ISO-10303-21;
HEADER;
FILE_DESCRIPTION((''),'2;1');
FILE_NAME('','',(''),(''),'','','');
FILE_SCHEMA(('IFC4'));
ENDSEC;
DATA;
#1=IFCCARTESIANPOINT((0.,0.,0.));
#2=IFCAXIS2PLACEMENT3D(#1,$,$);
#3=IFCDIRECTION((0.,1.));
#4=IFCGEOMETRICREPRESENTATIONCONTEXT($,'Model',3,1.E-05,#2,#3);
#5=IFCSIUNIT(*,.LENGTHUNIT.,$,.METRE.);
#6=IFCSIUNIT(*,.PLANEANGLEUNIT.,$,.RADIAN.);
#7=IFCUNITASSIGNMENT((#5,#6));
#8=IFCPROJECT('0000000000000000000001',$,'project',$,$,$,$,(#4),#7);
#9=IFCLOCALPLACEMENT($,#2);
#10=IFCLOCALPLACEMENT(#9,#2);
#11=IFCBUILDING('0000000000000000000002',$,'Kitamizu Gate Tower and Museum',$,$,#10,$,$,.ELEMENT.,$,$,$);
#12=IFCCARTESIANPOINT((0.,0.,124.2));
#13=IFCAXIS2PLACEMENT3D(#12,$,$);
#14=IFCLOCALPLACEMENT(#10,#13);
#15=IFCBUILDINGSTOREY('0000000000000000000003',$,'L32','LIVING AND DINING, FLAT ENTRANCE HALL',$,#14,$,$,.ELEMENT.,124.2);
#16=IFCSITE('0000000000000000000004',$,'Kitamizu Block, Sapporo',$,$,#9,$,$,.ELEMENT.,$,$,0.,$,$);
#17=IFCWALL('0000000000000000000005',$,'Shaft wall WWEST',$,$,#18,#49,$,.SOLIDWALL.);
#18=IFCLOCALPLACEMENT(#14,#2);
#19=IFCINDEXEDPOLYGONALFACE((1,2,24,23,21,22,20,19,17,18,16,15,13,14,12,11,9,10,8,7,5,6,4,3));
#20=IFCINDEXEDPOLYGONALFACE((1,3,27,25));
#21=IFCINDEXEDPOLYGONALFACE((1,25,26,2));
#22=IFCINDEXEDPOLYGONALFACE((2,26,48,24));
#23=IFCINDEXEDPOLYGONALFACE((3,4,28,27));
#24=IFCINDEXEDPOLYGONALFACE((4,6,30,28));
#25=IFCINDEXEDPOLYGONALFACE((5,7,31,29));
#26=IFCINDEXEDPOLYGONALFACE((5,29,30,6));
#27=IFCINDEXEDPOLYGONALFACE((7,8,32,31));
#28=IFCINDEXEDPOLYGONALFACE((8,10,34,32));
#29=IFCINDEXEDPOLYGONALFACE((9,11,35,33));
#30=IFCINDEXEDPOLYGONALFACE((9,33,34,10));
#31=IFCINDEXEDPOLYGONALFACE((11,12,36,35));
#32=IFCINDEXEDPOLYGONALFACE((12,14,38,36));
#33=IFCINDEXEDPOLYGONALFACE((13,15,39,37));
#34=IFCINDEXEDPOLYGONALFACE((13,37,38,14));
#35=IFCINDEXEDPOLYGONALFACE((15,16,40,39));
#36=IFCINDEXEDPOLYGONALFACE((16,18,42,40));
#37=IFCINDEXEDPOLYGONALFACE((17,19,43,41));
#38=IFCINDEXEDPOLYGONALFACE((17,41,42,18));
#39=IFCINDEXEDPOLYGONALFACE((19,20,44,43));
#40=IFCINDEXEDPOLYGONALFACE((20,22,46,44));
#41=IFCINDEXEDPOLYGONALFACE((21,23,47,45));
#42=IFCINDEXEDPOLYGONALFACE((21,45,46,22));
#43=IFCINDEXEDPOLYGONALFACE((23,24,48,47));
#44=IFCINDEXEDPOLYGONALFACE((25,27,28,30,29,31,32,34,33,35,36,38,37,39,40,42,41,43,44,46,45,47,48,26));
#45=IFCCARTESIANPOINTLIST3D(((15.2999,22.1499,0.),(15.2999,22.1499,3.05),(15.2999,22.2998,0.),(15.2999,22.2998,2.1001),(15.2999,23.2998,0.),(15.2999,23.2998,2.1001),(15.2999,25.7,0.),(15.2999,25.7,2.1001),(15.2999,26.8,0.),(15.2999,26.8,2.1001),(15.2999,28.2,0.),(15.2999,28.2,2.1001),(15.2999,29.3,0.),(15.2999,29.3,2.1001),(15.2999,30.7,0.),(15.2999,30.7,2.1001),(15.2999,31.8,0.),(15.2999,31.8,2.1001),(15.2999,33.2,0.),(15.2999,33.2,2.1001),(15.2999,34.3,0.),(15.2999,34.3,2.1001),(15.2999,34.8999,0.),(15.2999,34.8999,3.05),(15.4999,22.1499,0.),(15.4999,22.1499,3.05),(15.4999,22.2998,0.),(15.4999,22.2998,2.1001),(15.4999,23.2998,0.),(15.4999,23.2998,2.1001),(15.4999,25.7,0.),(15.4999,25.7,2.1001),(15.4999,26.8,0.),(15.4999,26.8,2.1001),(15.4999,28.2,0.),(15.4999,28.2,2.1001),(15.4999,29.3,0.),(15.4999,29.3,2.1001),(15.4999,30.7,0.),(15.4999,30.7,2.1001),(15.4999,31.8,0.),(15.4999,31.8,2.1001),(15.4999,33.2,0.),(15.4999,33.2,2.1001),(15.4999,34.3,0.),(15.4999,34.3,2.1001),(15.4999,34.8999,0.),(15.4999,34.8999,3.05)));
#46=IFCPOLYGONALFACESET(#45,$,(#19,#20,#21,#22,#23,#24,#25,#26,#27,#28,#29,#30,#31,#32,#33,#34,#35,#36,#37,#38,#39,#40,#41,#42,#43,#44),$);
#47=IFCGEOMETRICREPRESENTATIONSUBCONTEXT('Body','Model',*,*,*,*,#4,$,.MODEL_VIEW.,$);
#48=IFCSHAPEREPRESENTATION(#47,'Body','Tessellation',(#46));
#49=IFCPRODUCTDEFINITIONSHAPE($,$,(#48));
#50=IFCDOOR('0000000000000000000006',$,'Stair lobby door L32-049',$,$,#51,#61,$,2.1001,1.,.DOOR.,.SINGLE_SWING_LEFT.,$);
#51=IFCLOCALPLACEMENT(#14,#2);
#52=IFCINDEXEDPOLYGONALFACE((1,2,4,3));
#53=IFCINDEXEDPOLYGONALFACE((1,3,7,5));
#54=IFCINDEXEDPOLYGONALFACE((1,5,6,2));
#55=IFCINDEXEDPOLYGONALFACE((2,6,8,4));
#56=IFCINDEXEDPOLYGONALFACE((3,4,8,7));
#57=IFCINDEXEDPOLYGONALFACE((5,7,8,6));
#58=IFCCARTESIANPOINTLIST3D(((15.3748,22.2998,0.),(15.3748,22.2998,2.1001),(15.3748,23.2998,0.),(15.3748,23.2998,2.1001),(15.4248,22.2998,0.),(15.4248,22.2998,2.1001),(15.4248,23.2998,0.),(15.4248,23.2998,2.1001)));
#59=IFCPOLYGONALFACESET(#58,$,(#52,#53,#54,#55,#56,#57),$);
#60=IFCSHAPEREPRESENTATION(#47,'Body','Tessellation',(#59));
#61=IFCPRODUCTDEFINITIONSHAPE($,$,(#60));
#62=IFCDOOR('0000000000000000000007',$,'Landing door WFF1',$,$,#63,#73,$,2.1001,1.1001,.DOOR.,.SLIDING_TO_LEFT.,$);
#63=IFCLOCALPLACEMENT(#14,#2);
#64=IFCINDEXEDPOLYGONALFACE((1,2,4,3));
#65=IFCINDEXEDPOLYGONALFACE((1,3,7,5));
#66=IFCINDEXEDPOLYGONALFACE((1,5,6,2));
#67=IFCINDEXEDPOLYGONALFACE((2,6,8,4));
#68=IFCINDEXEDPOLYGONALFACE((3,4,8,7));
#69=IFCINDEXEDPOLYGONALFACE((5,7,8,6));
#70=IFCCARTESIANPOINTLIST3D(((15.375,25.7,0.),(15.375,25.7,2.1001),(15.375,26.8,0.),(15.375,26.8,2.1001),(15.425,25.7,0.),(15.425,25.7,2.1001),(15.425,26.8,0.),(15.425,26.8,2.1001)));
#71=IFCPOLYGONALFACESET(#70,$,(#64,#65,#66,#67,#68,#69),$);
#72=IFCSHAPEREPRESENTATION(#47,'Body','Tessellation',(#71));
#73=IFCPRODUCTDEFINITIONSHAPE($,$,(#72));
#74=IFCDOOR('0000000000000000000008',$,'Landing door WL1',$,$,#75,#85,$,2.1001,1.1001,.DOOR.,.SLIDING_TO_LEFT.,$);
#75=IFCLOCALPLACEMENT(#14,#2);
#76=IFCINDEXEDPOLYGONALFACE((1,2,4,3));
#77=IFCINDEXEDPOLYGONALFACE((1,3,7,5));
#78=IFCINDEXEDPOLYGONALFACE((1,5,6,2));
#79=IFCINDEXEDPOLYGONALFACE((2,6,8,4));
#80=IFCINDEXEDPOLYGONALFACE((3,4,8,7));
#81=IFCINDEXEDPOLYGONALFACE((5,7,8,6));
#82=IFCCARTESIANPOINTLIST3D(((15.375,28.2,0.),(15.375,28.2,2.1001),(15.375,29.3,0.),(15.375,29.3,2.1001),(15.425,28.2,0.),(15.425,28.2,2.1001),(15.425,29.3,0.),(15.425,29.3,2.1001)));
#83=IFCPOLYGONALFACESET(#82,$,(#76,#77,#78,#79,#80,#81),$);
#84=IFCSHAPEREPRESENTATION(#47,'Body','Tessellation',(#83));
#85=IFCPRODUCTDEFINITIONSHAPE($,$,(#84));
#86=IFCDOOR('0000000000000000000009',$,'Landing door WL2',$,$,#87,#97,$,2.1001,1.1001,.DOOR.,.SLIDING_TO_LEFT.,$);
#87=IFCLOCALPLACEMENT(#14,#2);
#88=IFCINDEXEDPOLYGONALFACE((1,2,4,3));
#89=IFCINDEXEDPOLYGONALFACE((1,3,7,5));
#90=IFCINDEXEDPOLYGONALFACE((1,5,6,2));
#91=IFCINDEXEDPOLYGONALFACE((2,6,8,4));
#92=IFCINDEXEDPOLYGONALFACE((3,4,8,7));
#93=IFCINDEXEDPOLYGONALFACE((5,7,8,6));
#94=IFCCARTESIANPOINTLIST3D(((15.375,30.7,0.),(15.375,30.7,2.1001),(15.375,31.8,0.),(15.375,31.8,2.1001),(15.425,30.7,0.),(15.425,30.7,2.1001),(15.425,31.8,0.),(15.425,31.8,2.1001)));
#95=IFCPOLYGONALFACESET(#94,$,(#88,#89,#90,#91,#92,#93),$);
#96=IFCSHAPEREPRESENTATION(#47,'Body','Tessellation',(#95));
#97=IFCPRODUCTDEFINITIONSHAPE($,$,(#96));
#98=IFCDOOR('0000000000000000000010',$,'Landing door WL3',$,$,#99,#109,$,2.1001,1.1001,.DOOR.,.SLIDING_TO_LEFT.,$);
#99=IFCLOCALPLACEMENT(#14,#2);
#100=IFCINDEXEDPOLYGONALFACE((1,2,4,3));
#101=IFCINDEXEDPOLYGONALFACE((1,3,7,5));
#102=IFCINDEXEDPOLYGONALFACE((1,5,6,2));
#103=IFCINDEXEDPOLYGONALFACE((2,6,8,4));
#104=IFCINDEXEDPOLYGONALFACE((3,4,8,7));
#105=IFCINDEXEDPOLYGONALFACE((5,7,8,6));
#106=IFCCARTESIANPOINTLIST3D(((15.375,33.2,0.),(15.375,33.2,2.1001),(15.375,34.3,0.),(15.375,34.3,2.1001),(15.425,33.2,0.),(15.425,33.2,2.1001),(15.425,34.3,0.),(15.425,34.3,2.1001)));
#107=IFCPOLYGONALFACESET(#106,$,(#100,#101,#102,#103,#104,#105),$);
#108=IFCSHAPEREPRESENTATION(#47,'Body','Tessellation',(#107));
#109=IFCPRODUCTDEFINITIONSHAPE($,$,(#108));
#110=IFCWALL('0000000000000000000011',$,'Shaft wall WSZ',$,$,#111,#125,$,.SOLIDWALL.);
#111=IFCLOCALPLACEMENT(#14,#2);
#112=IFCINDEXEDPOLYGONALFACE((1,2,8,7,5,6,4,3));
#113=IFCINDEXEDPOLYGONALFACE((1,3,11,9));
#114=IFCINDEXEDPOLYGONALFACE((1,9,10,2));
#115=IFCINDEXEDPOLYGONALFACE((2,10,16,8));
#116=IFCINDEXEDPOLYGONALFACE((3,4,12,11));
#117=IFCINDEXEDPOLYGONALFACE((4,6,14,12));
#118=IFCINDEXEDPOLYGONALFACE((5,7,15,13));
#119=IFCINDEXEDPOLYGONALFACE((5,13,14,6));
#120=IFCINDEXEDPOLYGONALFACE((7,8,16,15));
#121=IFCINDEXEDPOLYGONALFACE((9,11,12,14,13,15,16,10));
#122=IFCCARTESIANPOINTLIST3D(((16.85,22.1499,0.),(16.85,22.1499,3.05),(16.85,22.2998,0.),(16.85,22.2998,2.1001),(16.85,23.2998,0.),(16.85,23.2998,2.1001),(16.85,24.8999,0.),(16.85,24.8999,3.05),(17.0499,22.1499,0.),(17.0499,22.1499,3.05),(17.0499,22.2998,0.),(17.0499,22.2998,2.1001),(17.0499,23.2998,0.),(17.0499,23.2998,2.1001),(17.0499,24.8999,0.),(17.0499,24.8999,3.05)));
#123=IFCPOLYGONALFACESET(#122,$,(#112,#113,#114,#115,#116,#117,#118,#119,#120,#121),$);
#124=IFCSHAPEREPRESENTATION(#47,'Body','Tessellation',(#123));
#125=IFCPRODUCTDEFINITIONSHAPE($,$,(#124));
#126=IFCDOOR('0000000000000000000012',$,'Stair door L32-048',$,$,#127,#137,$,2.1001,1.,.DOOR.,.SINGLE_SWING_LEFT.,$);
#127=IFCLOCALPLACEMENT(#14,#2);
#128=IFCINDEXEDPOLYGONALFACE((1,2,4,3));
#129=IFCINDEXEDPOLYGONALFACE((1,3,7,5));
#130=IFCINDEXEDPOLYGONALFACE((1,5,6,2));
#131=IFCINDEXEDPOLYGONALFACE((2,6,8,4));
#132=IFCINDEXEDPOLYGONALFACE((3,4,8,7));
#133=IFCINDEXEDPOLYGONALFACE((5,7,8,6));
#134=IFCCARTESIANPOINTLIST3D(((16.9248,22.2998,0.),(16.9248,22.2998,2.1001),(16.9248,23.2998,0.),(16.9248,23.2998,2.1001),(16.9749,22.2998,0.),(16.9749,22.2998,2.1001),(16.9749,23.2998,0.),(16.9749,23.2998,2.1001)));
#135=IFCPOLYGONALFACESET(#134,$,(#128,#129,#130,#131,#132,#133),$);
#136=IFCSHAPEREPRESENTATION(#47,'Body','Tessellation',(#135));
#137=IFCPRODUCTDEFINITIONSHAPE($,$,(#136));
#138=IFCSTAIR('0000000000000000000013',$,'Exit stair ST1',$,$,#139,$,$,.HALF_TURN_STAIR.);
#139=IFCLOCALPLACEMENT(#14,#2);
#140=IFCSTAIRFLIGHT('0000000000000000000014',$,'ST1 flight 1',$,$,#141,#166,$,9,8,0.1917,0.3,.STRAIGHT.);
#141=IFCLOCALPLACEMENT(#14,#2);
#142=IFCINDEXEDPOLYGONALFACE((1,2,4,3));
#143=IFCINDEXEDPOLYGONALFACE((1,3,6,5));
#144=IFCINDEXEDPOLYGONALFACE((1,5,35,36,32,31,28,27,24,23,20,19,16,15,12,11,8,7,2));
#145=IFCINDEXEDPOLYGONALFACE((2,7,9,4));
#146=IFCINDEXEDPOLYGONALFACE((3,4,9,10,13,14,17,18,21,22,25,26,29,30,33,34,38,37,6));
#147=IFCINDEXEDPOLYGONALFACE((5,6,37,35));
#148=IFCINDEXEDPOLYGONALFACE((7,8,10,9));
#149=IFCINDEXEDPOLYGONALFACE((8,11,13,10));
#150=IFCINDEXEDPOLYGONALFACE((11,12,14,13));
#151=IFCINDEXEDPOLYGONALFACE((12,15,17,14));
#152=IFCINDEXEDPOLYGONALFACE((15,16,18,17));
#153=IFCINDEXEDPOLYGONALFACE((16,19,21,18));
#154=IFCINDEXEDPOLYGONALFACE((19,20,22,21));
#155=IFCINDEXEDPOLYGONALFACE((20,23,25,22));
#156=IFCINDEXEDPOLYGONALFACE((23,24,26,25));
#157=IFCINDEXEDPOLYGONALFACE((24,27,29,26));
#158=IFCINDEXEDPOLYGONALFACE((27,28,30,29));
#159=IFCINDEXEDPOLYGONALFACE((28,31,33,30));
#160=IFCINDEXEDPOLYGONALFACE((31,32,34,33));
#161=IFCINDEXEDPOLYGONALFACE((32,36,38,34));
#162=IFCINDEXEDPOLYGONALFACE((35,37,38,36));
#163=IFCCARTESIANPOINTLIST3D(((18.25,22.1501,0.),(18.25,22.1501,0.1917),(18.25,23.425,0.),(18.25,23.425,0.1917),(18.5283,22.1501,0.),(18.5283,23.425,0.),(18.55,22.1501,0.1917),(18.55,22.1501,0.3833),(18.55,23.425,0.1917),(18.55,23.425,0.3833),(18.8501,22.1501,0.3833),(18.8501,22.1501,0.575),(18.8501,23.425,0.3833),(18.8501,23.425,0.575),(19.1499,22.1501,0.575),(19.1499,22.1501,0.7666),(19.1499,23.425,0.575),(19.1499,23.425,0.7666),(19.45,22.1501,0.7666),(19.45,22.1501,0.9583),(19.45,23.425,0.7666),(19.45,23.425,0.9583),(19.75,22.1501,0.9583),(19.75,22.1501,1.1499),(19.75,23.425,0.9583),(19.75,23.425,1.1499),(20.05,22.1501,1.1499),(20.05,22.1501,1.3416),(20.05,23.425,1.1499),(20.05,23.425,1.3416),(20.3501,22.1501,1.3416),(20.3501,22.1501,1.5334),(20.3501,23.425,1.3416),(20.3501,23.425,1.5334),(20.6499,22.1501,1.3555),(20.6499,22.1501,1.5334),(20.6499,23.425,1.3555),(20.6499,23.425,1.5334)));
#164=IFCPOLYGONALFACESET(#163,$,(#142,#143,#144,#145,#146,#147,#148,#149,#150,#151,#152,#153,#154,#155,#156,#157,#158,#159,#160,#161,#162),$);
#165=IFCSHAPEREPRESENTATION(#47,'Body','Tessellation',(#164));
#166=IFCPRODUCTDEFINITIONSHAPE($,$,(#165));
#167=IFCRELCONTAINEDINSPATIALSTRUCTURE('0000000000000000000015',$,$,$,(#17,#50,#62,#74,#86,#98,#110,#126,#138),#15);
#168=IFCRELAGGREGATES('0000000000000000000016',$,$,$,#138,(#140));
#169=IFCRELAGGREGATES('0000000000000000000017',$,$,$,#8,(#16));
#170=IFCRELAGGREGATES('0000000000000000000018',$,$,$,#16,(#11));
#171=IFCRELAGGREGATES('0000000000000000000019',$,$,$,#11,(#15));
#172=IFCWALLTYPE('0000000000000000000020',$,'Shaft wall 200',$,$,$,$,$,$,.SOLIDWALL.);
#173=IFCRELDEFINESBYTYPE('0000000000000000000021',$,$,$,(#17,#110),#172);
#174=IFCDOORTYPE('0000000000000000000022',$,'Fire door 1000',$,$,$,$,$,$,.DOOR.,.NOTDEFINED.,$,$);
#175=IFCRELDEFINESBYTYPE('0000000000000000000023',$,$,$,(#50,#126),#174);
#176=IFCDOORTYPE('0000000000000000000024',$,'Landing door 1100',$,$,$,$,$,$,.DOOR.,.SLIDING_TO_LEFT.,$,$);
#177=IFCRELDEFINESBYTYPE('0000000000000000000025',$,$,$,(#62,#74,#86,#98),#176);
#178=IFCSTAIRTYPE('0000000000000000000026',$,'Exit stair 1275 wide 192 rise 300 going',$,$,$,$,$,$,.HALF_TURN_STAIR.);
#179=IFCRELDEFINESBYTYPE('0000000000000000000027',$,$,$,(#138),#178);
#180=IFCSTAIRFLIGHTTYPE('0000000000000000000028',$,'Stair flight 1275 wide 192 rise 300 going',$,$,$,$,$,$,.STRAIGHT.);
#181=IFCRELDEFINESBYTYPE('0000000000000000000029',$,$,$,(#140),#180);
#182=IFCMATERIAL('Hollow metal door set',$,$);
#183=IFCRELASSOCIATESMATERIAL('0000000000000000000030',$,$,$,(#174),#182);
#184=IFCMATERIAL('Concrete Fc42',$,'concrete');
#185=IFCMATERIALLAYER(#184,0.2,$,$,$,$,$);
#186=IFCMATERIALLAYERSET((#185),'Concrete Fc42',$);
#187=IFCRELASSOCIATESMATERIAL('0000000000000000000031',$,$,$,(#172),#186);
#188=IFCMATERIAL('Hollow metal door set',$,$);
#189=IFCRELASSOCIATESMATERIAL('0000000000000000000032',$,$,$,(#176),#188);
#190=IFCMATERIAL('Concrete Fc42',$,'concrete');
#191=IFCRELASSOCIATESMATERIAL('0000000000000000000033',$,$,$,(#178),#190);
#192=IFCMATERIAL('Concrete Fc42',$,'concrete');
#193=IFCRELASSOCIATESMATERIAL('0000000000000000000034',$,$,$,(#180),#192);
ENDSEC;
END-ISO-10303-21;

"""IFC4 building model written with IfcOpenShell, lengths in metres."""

from ifc_helpers import new_model, si_unit, direction, frame, frame_2d, origin, place, context, subcontext, project, spatial, polyline, rectangle, outline, extrude, material, layer, layer_set, type_object, element, fill, aggregate, save


model = new_model("IFC4")

# Units and contexts
model_context = context("Model", 3, precision=1e-05, world=origin(), true_north=direction((0.0, 1.0)))
body_context = subcontext(model_context, "Body", "Model", "MODEL_VIEW")
ifc_project = project(units=[si_unit("LENGTHUNIT", "METRE"), si_unit("PLANEANGLEUNIT", "RADIAN")], contexts=[model_context])

# Site, building, storey
site_placement = place(None, origin())
site = spatial("IfcSite", under=ifc_project, at=site_placement, Name="Kitamizu Block, Sapporo", CompositionType="ELEMENT", RefElevation=0.0)
building_placement = place(site_placement, origin())
building = spatial("IfcBuilding", under=site, at=building_placement, Name="Kitamizu Gate Tower and Museum", CompositionType="ELEMENT")
storey_placement = place(building_placement, frame((0.0, 0.0, 124.2)))
storey = spatial("IfcBuildingStorey", under=building, at=storey_placement, Name="L32", Description="LIVING AND DINING, FLAT ENTRANCE HALL", CompositionType="ELEMENT", Elevation=124.2)

# Shared definitions
ifc_material_1 = material(Name="Hollow metal door set")
door_type_1 = type_object("IfcDoorType", Name="Fire door 1000", OperationType="NOTDEFINED", PredefinedType="DOOR", material=ifc_material_1)

# Wall, openings, doors
ifc_material_2 = material(Name="Concrete Fc42", Category="concrete")
ifc_layer_1 = layer(ifc_material_2, 0.2)
ifc_layer_set_1 = layer_set([ifc_layer_1], Name="Concrete Fc42")
wall_type_1 = type_object("IfcWallType", Name="Shaft wall 200", PredefinedType="SOLIDWALL", material=ifc_layer_set_1)
wall_1_placement = place(storey_placement, frame((15.3999, 22.1499, 0.0), z_axis=(0.0, 0.0, 1.0), x_axis=(0.0, 1.0, 0.0)))
wall_1 = element("IfcWall", 1, at=wall_1_placement, inside=storey, type_object=wall_type_1, Name="Shaft wall WWEST", PredefinedType="SOLIDWALL", context=body_context, shape_type="SweptSolid", body=[
    extrude(rectangle(XDim=12.75, YDim=0.2, at=frame_2d((6.375, 0.0))), origin(), (0.0, 0.0, 1.0), 3.05),
])
opening_1_placement = place(wall_1_placement, frame((3.55, 0.0, 0.0)))
opening_1 = element("IfcOpeningElement", 2, at=opening_1_placement, cuts=wall_1, PredefinedType="OPENING", context=body_context, shape_type="SweptSolid", body=[
    extrude(rectangle(XDim=1.1001, YDim=2.1001, at=frame_2d((0.55, 1.05))), frame((0.0, 0.1099, 0.0), z_axis=(0.0, -1.0, 0.0), x_axis=(1.0, 0.0, 0.0)), (0.0, 0.0, 1.0), 0.22),
])
opening_2_placement = place(wall_1_placement, frame((6.05, 0.0, 0.0)))
opening_2 = element("IfcOpeningElement", 3, at=opening_2_placement, cuts=wall_1, PredefinedType="OPENING", context=body_context, shape_type="SweptSolid", body=[
    extrude(rectangle(XDim=1.1001, YDim=2.1001, at=frame_2d((0.55, 1.05))), frame((0.0, 0.1099, 0.0), z_axis=(0.0, -1.0, 0.0), x_axis=(1.0, 0.0, 0.0)), (0.0, 0.0, 1.0), 0.22),
])
opening_3_placement = place(wall_1_placement, frame((8.55, 0.0, 0.0)))
opening_3 = element("IfcOpeningElement", 4, at=opening_3_placement, cuts=wall_1, PredefinedType="OPENING", context=body_context, shape_type="SweptSolid", body=[
    extrude(rectangle(XDim=1.1001, YDim=2.1001, at=frame_2d((0.55, 1.05))), frame((0.0, 0.1099, 0.0), z_axis=(0.0, -1.0, 0.0), x_axis=(1.0, 0.0, 0.0)), (0.0, 0.0, 1.0), 0.22),
])
opening_4_placement = place(wall_1_placement, frame((11.05, 0.0, 0.0)))
opening_4 = element("IfcOpeningElement", 5, at=opening_4_placement, cuts=wall_1, PredefinedType="OPENING", context=body_context, shape_type="SweptSolid", body=[
    extrude(rectangle(XDim=1.1001, YDim=2.1001, at=frame_2d((0.55, 1.05))), frame((0.0, 0.1099, 0.0), z_axis=(0.0, -1.0, 0.0), x_axis=(1.0, 0.0, 0.0)), (0.0, 0.0, 1.0), 0.22),
])
opening_5_placement = place(wall_1_placement, frame((0.1499, 0.0, 0.0)))
opening_5 = element("IfcOpeningElement", 6, at=opening_5_placement, cuts=wall_1, PredefinedType="OPENING", context=body_context, shape_type="SweptSolid", body=[
    extrude(rectangle(XDim=1.0, YDim=2.1001, at=frame_2d((0.5, 1.05))), frame((0.0, 0.1099, 0.0), z_axis=(0.0, -1.0, 0.0), x_axis=(1.0, 0.0, 0.0)), (0.0, 0.0, 1.0), 0.22),
])
door_1_placement = place(opening_5_placement, frame((1.0, 0.0, 0.0), x_axis=(-1.0, 0.0, 0.0)))
door_1 = element("IfcDoor", 7, at=door_1_placement, inside=storey, type_object=door_type_1, Name="Stair lobby door L32-049", OperationType="SINGLE_SWING_LEFT", OverallHeight=2.1001, OverallWidth=1.0, PredefinedType="DOOR", context=body_context, shape_type="SweptSolid", body=[
    extrude(rectangle(XDim=1.0, YDim=2.1001, at=frame_2d((0.5, 1.05))), frame((0.0, 0.0249, 0.0), z_axis=(0.0, -1.0, 0.0), x_axis=(1.0, 0.0, 0.0)), (0.0, 0.0, 1.0), 0.05),
])
fill(opening_5, door_1)
ifc_material_3 = material(Name="Hollow metal door set")
door_type_2 = type_object("IfcDoorType", Name="Landing door 1100", OperationType="SLIDING_TO_LEFT", PredefinedType="DOOR", material=ifc_material_3)
door_2_placement = place(opening_1_placement, origin())
door_2 = element("IfcDoor", 8, at=door_2_placement, inside=storey, type_object=door_type_2, Name="Landing door WFF1", OperationType="SLIDING_TO_LEFT", OverallHeight=2.1001, OverallWidth=1.1001, PredefinedType="DOOR", context=body_context, shape_type="SweptSolid", body=[
    extrude(rectangle(XDim=1.1001, YDim=2.1001, at=frame_2d((0.55, 1.05))), frame((0.0, 0.0249, 0.0), z_axis=(0.0, -1.0, 0.0), x_axis=(1.0, 0.0, 0.0)), (0.0, 0.0, 1.0), 0.05),
])
fill(opening_1, door_2)
door_3_placement = place(opening_2_placement, origin())
door_3 = element("IfcDoor", 9, at=door_3_placement, inside=storey, type_object=door_type_2, Name="Landing door WL1", OperationType="SLIDING_TO_LEFT", OverallHeight=2.1001, OverallWidth=1.1001, PredefinedType="DOOR", context=body_context, shape_type="SweptSolid", body=[
    extrude(rectangle(XDim=1.1001, YDim=2.1001, at=frame_2d((0.55, 1.05))), frame((0.0, 0.0249, 0.0), z_axis=(0.0, -1.0, 0.0), x_axis=(1.0, 0.0, 0.0)), (0.0, 0.0, 1.0), 0.05),
])
fill(opening_2, door_3)
door_4_placement = place(opening_3_placement, origin())
door_4 = element("IfcDoor", 10, at=door_4_placement, inside=storey, type_object=door_type_2, Name="Landing door WL2", OperationType="SLIDING_TO_LEFT", OverallHeight=2.1001, OverallWidth=1.1001, PredefinedType="DOOR", context=body_context, shape_type="SweptSolid", body=[
    extrude(rectangle(XDim=1.1001, YDim=2.1001, at=frame_2d((0.55, 1.05))), frame((0.0, 0.0249, 0.0), z_axis=(0.0, -1.0, 0.0), x_axis=(1.0, 0.0, 0.0)), (0.0, 0.0, 1.0), 0.05),
])
fill(opening_3, door_4)
door_5_placement = place(opening_4_placement, origin())
door_5 = element("IfcDoor", 11, at=door_5_placement, inside=storey, type_object=door_type_2, Name="Landing door WL3", OperationType="SLIDING_TO_LEFT", OverallHeight=2.1001, OverallWidth=1.1001, PredefinedType="DOOR", context=body_context, shape_type="SweptSolid", body=[
    extrude(rectangle(XDim=1.1001, YDim=2.1001, at=frame_2d((0.55, 1.05))), frame((0.0, 0.0249, 0.0), z_axis=(0.0, -1.0, 0.0), x_axis=(1.0, 0.0, 0.0)), (0.0, 0.0, 1.0), 0.05),
])
fill(opening_4, door_5)

# Wall, opening, door
wall_2_placement = place(storey_placement, frame((16.95, 22.1499, 0.0), z_axis=(0.0, 0.0, 1.0), x_axis=(0.0, 1.0, 0.0)))
wall_2 = element("IfcWall", 12, at=wall_2_placement, inside=storey, type_object=wall_type_1, Name="Shaft wall WSZ", PredefinedType="SOLIDWALL", context=body_context, shape_type="SweptSolid", body=[
    extrude(rectangle(XDim=2.75, YDim=0.2, at=frame_2d((1.375, 0.0))), origin(), (0.0, 0.0, 1.0), 3.05),
])
opening_6_placement = place(wall_2_placement, frame((0.1499, 0.0, 0.0)))
opening_6 = element("IfcOpeningElement", 13, at=opening_6_placement, cuts=wall_2, PredefinedType="OPENING", context=body_context, shape_type="SweptSolid", body=[
    extrude(rectangle(XDim=1.0, YDim=2.1001, at=frame_2d((0.5, 1.05))), frame((0.0, 0.1099, 0.0), z_axis=(0.0, -1.0, 0.0), x_axis=(1.0, 0.0, 0.0)), (0.0, 0.0, 1.0), 0.22),
])
door_6_placement = place(opening_6_placement, frame((1.0, 0.0, 0.0), x_axis=(-1.0, 0.0, 0.0)))
door_6 = element("IfcDoor", 14, at=door_6_placement, inside=storey, type_object=door_type_1, Name="Stair door L32-048", OperationType="SINGLE_SWING_LEFT", OverallHeight=2.1001, OverallWidth=1.0, PredefinedType="DOOR", context=body_context, shape_type="SweptSolid", body=[
    extrude(rectangle(XDim=1.0, YDim=2.1001, at=frame_2d((0.5, 1.05))), frame((0.0, 0.0249, 0.0), z_axis=(0.0, -1.0, 0.0), x_axis=(1.0, 0.0, 0.0)), (0.0, 0.0, 1.0), 0.05),
])
fill(opening_6, door_6)

# Stair, stair flight
ifc_material_4 = material(Name="Concrete Fc42", Category="concrete")
stair_type = type_object("IfcStairType", Name="Exit stair 1275 wide 192 rise 300 going", PredefinedType="HALF_TURN_STAIR", material=ifc_material_4)
stair_placement = place(storey_placement, origin())
stair = element("IfcStair", 15, at=stair_placement, inside=storey, type_object=stair_type, Name="Exit stair ST1", PredefinedType="HALF_TURN_STAIR")
ifc_material_5 = material(Name="Concrete Fc42", Category="concrete")
stair_flight_type = type_object("IfcStairFlightType", Name="Stair flight 1275 wide 192 rise 300 going", PredefinedType="STRAIGHT", material=ifc_material_5)
stair_flight_1_placement = place(storey_placement, frame((18.25, 22.7876, 0.0), z_axis=(0.0, 0.0, 1.0), x_axis=(1.0, 0.0, 0.0)))
stair_flight_1 = element("IfcStairFlight", 16, at=stair_flight_1_placement, type_object=stair_flight_type, Name="ST1 flight 1", NumberOfRisers=9, NumberOfTreads=8, PredefinedType="STRAIGHT", RiserHeight=0.1917, TreadLength=0.3, context=body_context, shape_type="SweptSolid", body=[
    extrude(outline(polyline([(0.0, 0.0), (0.0, 0.1917), (0.3, 0.1917), (0.3, 0.3833), (0.6001, 0.3833), (0.6001, 0.575), (0.8999, 0.575), (0.8999, 0.7666), (1.2, 0.7666), (1.2, 0.9583), (1.5, 0.9583), (1.5, 1.1499), (1.8, 1.1499), (1.8, 1.3416), (2.1001, 1.3416), (2.1001, 1.5334), (2.3999, 1.5334), (2.3999, 1.7251), (2.3999, 1.3555), (0.2783, 0.0), (0.0, 0.0)])), frame((0.0, 0.6375, 0.0), z_axis=(0.0, -1.0, 0.0), x_axis=(1.0, 0.0, 0.0)), (0.0, 0.0, 1.0), 1.2749),
])
aggregate(stair, [stair_flight_1])

save(model, "model.ifc")
